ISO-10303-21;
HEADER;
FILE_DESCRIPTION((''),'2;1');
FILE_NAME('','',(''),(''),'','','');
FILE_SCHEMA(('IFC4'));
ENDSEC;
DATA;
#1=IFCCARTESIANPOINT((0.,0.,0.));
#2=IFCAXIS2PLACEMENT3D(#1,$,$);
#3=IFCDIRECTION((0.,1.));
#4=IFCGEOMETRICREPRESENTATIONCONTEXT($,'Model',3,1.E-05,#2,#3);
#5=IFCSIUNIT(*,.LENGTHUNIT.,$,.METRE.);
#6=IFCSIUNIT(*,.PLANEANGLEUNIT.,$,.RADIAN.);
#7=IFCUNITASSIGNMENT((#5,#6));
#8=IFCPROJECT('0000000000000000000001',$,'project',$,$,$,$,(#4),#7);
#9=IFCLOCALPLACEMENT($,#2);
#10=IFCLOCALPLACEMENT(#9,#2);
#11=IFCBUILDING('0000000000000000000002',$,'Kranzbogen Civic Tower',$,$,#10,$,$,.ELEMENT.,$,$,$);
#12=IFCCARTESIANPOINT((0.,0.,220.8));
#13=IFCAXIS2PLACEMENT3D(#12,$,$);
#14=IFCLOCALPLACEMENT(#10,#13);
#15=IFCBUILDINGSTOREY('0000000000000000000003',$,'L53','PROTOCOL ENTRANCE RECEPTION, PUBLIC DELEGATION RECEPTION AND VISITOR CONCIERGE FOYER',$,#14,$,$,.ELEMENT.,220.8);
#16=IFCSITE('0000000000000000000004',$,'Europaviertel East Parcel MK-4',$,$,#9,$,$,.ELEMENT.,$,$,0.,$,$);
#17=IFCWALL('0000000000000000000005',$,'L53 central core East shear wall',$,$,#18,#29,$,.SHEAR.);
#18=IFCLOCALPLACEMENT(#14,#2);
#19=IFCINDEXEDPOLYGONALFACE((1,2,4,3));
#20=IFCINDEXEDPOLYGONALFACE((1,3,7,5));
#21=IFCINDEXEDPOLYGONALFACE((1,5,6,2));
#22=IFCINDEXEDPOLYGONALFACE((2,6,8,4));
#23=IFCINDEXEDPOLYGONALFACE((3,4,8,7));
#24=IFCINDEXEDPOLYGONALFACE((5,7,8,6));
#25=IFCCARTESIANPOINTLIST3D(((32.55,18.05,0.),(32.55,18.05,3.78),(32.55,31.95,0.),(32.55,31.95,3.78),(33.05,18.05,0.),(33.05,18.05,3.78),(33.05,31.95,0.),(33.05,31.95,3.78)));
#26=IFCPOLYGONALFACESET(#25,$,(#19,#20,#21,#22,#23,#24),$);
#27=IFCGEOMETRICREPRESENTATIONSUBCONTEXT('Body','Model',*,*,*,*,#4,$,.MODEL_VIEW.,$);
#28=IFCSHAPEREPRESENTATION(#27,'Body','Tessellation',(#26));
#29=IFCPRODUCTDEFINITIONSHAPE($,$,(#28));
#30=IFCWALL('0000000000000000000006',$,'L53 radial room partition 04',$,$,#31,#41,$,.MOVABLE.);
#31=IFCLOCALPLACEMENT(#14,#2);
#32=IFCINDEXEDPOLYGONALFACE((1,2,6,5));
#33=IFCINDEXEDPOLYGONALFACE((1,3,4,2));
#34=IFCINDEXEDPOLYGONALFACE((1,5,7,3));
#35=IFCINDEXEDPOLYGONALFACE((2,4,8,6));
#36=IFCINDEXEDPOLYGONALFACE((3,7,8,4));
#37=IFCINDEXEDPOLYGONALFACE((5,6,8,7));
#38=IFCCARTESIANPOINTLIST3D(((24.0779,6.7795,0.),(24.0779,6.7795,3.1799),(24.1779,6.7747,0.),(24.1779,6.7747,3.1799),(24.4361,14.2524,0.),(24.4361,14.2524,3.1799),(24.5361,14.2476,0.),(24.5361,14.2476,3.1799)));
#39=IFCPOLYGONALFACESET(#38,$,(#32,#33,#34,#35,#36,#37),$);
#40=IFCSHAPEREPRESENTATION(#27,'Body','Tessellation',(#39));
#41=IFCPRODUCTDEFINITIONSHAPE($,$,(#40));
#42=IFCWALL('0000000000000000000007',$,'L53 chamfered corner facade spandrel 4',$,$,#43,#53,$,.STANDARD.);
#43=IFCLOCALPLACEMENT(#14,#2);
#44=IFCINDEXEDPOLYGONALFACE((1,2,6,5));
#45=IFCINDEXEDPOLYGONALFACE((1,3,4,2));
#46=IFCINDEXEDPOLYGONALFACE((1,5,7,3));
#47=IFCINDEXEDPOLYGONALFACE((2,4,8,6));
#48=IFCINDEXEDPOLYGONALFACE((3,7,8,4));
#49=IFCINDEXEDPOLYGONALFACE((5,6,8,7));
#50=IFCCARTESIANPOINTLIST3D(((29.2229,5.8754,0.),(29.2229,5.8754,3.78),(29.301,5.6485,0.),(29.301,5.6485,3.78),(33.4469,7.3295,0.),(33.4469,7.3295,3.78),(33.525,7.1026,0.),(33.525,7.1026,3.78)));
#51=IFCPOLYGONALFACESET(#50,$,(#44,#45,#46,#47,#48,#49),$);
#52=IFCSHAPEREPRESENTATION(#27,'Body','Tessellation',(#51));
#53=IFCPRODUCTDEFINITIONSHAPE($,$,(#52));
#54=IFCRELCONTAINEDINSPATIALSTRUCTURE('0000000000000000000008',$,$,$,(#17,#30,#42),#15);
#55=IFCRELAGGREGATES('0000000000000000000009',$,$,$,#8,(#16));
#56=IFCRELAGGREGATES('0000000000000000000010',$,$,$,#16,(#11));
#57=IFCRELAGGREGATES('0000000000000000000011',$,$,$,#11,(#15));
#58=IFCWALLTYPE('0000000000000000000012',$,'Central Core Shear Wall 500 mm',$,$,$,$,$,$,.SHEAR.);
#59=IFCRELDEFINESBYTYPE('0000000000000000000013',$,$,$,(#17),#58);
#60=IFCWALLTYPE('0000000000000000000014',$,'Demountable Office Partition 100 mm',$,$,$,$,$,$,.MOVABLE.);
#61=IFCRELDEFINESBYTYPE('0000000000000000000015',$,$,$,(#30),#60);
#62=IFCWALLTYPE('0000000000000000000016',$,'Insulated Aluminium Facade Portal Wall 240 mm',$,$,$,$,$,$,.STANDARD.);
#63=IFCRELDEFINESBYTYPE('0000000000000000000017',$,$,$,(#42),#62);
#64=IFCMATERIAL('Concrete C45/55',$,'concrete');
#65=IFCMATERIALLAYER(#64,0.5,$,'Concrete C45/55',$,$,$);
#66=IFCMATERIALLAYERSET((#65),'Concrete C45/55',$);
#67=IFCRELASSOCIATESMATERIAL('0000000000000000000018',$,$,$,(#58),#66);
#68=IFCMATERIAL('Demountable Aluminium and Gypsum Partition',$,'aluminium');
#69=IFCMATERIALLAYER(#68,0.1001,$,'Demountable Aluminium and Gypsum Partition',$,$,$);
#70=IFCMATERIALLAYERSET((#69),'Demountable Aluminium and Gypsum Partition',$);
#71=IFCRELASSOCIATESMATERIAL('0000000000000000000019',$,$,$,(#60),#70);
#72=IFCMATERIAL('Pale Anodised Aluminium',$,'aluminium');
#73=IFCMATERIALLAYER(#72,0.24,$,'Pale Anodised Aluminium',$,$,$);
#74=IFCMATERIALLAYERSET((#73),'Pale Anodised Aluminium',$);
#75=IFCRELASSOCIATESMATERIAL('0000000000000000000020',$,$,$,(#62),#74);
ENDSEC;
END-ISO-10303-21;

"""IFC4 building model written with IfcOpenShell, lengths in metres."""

from ifc_helpers import new_model, si_unit, direction, frame, frame_2d, origin, place, context, subcontext, project, spatial, rectangle, extrude, material, layer, layer_set, type_object, element, save


model = new_model("IFC4")

# Units and contexts
model_context = context("Model", 3, precision=1e-05, world=origin(), true_north=direction((0.0, 1.0)))
body_context = subcontext(model_context, "Body", "Model", "MODEL_VIEW")
ifc_project = project(units=[si_unit("LENGTHUNIT", "METRE"), si_unit("PLANEANGLEUNIT", "RADIAN")], contexts=[model_context])

# Site, building, storey
site_placement = place(None, origin())
site = spatial("IfcSite", under=ifc_project, at=site_placement, Name="Europaviertel East Parcel MK-4", CompositionType="ELEMENT", RefElevation=0.0)
building_placement = place(site_placement, origin())
building = spatial("IfcBuilding", under=site, at=building_placement, Name="Kranzbogen Civic Tower", CompositionType="ELEMENT")
storey_placement = place(building_placement, frame((0.0, 0.0, 220.8)))
storey = spatial("IfcBuildingStorey", under=building, at=storey_placement, Name="L53", Description="PROTOCOL ENTRANCE RECEPTION, PUBLIC DELEGATION RECEPTION AND VISITOR CONCIERGE FOYER", CompositionType="ELEMENT", Elevation=220.8)

# Shared definitions
ifc_material_1 = material(Name="Pale Anodised Aluminium", Category="aluminium")

# Walls
ifc_material_2 = material(Name="Concrete C45/55", Category="concrete")
ifc_layer_1 = layer(ifc_material_2, 0.5, Name="Concrete C45/55")
ifc_layer_set_1 = layer_set([ifc_layer_1], Name="Concrete C45/55")
wall_type_1 = type_object("IfcWallType", Name="Central Core Shear Wall 500 mm", PredefinedType="SHEAR", material=ifc_layer_set_1)
wall_1_placement = place(storey_placement, frame((32.8, 18.05, 0.0), z_axis=(0.0, 0.0, 1.0), x_axis=(0.0, 1.0, 0.0)))
element("IfcWall", 1, at=wall_1_placement, inside=storey, type_object=wall_type_1, Name="L53 central core East shear wall", PredefinedType="SHEAR", context=body_context, shape_type="SweptSolid", body=[
    extrude(rectangle(XDim=13.8999, YDim=0.5, at=frame_2d((6.95, 0.0))), origin(), (0.0, 0.0, 1.0), 3.78),
])
ifc_material_3 = material(Name="Demountable Aluminium and Gypsum Partition", Category="aluminium")
ifc_layer_2 = layer(ifc_material_3, 0.1001, Name="Demountable Aluminium and Gypsum Partition")
ifc_layer_set_2 = layer_set([ifc_layer_2], Name="Demountable Aluminium and Gypsum Partition")
wall_type_2 = type_object("IfcWallType", Name="Demountable Office Partition 100 mm", PredefinedType="MOVABLE", material=ifc_layer_set_2)
wall_2_placement = place(storey_placement, frame((24.4861, 14.25, 0.0), z_axis=(0.0, 0.0, 1.0), x_axis=(-0.047872, -0.998853, 0.0)))
element("IfcWall", 2, at=wall_2_placement, inside=storey, type_object=wall_type_2, Name="L53 radial room partition 04", PredefinedType="MOVABLE", context=body_context, shape_type="SweptSolid", body=[
    extrude(rectangle(XDim=7.4814, YDim=0.1001, at=frame_2d((3.7407, 0.0))), origin(), (0.0, 0.0, 1.0), 3.1799),
])
ifc_layer_3 = layer(ifc_material_1, 0.24, Name="Pale Anodised Aluminium")
ifc_layer_set_3 = layer_set([ifc_layer_3], Name="Pale Anodised Aluminium")
wall_type_3 = type_object("IfcWallType", Name="Insulated Aluminium Facade Portal Wall 240 mm", PredefinedType="STANDARD", material=ifc_layer_set_3)
wall_3_placement = place(storey_placement, frame((29.262, 5.762, 0.0), z_axis=(0.0, 0.0, 1.0), x_axis=(0.945545, 0.325492, 0.0)))
element("IfcWall", 3, at=wall_3_placement, inside=storey, type_object=wall_type_3, Name="L53 chamfered corner facade spandrel 4", PredefinedType="STANDARD", context=body_context, shape_type="SweptSolid", body=[
    extrude(rectangle(XDim=4.4673, YDim=0.24, at=frame_2d((2.2336, 0.0))), origin(), (0.0, 0.0, 1.0), 3.78),
])

save(model, "model.ifc")
